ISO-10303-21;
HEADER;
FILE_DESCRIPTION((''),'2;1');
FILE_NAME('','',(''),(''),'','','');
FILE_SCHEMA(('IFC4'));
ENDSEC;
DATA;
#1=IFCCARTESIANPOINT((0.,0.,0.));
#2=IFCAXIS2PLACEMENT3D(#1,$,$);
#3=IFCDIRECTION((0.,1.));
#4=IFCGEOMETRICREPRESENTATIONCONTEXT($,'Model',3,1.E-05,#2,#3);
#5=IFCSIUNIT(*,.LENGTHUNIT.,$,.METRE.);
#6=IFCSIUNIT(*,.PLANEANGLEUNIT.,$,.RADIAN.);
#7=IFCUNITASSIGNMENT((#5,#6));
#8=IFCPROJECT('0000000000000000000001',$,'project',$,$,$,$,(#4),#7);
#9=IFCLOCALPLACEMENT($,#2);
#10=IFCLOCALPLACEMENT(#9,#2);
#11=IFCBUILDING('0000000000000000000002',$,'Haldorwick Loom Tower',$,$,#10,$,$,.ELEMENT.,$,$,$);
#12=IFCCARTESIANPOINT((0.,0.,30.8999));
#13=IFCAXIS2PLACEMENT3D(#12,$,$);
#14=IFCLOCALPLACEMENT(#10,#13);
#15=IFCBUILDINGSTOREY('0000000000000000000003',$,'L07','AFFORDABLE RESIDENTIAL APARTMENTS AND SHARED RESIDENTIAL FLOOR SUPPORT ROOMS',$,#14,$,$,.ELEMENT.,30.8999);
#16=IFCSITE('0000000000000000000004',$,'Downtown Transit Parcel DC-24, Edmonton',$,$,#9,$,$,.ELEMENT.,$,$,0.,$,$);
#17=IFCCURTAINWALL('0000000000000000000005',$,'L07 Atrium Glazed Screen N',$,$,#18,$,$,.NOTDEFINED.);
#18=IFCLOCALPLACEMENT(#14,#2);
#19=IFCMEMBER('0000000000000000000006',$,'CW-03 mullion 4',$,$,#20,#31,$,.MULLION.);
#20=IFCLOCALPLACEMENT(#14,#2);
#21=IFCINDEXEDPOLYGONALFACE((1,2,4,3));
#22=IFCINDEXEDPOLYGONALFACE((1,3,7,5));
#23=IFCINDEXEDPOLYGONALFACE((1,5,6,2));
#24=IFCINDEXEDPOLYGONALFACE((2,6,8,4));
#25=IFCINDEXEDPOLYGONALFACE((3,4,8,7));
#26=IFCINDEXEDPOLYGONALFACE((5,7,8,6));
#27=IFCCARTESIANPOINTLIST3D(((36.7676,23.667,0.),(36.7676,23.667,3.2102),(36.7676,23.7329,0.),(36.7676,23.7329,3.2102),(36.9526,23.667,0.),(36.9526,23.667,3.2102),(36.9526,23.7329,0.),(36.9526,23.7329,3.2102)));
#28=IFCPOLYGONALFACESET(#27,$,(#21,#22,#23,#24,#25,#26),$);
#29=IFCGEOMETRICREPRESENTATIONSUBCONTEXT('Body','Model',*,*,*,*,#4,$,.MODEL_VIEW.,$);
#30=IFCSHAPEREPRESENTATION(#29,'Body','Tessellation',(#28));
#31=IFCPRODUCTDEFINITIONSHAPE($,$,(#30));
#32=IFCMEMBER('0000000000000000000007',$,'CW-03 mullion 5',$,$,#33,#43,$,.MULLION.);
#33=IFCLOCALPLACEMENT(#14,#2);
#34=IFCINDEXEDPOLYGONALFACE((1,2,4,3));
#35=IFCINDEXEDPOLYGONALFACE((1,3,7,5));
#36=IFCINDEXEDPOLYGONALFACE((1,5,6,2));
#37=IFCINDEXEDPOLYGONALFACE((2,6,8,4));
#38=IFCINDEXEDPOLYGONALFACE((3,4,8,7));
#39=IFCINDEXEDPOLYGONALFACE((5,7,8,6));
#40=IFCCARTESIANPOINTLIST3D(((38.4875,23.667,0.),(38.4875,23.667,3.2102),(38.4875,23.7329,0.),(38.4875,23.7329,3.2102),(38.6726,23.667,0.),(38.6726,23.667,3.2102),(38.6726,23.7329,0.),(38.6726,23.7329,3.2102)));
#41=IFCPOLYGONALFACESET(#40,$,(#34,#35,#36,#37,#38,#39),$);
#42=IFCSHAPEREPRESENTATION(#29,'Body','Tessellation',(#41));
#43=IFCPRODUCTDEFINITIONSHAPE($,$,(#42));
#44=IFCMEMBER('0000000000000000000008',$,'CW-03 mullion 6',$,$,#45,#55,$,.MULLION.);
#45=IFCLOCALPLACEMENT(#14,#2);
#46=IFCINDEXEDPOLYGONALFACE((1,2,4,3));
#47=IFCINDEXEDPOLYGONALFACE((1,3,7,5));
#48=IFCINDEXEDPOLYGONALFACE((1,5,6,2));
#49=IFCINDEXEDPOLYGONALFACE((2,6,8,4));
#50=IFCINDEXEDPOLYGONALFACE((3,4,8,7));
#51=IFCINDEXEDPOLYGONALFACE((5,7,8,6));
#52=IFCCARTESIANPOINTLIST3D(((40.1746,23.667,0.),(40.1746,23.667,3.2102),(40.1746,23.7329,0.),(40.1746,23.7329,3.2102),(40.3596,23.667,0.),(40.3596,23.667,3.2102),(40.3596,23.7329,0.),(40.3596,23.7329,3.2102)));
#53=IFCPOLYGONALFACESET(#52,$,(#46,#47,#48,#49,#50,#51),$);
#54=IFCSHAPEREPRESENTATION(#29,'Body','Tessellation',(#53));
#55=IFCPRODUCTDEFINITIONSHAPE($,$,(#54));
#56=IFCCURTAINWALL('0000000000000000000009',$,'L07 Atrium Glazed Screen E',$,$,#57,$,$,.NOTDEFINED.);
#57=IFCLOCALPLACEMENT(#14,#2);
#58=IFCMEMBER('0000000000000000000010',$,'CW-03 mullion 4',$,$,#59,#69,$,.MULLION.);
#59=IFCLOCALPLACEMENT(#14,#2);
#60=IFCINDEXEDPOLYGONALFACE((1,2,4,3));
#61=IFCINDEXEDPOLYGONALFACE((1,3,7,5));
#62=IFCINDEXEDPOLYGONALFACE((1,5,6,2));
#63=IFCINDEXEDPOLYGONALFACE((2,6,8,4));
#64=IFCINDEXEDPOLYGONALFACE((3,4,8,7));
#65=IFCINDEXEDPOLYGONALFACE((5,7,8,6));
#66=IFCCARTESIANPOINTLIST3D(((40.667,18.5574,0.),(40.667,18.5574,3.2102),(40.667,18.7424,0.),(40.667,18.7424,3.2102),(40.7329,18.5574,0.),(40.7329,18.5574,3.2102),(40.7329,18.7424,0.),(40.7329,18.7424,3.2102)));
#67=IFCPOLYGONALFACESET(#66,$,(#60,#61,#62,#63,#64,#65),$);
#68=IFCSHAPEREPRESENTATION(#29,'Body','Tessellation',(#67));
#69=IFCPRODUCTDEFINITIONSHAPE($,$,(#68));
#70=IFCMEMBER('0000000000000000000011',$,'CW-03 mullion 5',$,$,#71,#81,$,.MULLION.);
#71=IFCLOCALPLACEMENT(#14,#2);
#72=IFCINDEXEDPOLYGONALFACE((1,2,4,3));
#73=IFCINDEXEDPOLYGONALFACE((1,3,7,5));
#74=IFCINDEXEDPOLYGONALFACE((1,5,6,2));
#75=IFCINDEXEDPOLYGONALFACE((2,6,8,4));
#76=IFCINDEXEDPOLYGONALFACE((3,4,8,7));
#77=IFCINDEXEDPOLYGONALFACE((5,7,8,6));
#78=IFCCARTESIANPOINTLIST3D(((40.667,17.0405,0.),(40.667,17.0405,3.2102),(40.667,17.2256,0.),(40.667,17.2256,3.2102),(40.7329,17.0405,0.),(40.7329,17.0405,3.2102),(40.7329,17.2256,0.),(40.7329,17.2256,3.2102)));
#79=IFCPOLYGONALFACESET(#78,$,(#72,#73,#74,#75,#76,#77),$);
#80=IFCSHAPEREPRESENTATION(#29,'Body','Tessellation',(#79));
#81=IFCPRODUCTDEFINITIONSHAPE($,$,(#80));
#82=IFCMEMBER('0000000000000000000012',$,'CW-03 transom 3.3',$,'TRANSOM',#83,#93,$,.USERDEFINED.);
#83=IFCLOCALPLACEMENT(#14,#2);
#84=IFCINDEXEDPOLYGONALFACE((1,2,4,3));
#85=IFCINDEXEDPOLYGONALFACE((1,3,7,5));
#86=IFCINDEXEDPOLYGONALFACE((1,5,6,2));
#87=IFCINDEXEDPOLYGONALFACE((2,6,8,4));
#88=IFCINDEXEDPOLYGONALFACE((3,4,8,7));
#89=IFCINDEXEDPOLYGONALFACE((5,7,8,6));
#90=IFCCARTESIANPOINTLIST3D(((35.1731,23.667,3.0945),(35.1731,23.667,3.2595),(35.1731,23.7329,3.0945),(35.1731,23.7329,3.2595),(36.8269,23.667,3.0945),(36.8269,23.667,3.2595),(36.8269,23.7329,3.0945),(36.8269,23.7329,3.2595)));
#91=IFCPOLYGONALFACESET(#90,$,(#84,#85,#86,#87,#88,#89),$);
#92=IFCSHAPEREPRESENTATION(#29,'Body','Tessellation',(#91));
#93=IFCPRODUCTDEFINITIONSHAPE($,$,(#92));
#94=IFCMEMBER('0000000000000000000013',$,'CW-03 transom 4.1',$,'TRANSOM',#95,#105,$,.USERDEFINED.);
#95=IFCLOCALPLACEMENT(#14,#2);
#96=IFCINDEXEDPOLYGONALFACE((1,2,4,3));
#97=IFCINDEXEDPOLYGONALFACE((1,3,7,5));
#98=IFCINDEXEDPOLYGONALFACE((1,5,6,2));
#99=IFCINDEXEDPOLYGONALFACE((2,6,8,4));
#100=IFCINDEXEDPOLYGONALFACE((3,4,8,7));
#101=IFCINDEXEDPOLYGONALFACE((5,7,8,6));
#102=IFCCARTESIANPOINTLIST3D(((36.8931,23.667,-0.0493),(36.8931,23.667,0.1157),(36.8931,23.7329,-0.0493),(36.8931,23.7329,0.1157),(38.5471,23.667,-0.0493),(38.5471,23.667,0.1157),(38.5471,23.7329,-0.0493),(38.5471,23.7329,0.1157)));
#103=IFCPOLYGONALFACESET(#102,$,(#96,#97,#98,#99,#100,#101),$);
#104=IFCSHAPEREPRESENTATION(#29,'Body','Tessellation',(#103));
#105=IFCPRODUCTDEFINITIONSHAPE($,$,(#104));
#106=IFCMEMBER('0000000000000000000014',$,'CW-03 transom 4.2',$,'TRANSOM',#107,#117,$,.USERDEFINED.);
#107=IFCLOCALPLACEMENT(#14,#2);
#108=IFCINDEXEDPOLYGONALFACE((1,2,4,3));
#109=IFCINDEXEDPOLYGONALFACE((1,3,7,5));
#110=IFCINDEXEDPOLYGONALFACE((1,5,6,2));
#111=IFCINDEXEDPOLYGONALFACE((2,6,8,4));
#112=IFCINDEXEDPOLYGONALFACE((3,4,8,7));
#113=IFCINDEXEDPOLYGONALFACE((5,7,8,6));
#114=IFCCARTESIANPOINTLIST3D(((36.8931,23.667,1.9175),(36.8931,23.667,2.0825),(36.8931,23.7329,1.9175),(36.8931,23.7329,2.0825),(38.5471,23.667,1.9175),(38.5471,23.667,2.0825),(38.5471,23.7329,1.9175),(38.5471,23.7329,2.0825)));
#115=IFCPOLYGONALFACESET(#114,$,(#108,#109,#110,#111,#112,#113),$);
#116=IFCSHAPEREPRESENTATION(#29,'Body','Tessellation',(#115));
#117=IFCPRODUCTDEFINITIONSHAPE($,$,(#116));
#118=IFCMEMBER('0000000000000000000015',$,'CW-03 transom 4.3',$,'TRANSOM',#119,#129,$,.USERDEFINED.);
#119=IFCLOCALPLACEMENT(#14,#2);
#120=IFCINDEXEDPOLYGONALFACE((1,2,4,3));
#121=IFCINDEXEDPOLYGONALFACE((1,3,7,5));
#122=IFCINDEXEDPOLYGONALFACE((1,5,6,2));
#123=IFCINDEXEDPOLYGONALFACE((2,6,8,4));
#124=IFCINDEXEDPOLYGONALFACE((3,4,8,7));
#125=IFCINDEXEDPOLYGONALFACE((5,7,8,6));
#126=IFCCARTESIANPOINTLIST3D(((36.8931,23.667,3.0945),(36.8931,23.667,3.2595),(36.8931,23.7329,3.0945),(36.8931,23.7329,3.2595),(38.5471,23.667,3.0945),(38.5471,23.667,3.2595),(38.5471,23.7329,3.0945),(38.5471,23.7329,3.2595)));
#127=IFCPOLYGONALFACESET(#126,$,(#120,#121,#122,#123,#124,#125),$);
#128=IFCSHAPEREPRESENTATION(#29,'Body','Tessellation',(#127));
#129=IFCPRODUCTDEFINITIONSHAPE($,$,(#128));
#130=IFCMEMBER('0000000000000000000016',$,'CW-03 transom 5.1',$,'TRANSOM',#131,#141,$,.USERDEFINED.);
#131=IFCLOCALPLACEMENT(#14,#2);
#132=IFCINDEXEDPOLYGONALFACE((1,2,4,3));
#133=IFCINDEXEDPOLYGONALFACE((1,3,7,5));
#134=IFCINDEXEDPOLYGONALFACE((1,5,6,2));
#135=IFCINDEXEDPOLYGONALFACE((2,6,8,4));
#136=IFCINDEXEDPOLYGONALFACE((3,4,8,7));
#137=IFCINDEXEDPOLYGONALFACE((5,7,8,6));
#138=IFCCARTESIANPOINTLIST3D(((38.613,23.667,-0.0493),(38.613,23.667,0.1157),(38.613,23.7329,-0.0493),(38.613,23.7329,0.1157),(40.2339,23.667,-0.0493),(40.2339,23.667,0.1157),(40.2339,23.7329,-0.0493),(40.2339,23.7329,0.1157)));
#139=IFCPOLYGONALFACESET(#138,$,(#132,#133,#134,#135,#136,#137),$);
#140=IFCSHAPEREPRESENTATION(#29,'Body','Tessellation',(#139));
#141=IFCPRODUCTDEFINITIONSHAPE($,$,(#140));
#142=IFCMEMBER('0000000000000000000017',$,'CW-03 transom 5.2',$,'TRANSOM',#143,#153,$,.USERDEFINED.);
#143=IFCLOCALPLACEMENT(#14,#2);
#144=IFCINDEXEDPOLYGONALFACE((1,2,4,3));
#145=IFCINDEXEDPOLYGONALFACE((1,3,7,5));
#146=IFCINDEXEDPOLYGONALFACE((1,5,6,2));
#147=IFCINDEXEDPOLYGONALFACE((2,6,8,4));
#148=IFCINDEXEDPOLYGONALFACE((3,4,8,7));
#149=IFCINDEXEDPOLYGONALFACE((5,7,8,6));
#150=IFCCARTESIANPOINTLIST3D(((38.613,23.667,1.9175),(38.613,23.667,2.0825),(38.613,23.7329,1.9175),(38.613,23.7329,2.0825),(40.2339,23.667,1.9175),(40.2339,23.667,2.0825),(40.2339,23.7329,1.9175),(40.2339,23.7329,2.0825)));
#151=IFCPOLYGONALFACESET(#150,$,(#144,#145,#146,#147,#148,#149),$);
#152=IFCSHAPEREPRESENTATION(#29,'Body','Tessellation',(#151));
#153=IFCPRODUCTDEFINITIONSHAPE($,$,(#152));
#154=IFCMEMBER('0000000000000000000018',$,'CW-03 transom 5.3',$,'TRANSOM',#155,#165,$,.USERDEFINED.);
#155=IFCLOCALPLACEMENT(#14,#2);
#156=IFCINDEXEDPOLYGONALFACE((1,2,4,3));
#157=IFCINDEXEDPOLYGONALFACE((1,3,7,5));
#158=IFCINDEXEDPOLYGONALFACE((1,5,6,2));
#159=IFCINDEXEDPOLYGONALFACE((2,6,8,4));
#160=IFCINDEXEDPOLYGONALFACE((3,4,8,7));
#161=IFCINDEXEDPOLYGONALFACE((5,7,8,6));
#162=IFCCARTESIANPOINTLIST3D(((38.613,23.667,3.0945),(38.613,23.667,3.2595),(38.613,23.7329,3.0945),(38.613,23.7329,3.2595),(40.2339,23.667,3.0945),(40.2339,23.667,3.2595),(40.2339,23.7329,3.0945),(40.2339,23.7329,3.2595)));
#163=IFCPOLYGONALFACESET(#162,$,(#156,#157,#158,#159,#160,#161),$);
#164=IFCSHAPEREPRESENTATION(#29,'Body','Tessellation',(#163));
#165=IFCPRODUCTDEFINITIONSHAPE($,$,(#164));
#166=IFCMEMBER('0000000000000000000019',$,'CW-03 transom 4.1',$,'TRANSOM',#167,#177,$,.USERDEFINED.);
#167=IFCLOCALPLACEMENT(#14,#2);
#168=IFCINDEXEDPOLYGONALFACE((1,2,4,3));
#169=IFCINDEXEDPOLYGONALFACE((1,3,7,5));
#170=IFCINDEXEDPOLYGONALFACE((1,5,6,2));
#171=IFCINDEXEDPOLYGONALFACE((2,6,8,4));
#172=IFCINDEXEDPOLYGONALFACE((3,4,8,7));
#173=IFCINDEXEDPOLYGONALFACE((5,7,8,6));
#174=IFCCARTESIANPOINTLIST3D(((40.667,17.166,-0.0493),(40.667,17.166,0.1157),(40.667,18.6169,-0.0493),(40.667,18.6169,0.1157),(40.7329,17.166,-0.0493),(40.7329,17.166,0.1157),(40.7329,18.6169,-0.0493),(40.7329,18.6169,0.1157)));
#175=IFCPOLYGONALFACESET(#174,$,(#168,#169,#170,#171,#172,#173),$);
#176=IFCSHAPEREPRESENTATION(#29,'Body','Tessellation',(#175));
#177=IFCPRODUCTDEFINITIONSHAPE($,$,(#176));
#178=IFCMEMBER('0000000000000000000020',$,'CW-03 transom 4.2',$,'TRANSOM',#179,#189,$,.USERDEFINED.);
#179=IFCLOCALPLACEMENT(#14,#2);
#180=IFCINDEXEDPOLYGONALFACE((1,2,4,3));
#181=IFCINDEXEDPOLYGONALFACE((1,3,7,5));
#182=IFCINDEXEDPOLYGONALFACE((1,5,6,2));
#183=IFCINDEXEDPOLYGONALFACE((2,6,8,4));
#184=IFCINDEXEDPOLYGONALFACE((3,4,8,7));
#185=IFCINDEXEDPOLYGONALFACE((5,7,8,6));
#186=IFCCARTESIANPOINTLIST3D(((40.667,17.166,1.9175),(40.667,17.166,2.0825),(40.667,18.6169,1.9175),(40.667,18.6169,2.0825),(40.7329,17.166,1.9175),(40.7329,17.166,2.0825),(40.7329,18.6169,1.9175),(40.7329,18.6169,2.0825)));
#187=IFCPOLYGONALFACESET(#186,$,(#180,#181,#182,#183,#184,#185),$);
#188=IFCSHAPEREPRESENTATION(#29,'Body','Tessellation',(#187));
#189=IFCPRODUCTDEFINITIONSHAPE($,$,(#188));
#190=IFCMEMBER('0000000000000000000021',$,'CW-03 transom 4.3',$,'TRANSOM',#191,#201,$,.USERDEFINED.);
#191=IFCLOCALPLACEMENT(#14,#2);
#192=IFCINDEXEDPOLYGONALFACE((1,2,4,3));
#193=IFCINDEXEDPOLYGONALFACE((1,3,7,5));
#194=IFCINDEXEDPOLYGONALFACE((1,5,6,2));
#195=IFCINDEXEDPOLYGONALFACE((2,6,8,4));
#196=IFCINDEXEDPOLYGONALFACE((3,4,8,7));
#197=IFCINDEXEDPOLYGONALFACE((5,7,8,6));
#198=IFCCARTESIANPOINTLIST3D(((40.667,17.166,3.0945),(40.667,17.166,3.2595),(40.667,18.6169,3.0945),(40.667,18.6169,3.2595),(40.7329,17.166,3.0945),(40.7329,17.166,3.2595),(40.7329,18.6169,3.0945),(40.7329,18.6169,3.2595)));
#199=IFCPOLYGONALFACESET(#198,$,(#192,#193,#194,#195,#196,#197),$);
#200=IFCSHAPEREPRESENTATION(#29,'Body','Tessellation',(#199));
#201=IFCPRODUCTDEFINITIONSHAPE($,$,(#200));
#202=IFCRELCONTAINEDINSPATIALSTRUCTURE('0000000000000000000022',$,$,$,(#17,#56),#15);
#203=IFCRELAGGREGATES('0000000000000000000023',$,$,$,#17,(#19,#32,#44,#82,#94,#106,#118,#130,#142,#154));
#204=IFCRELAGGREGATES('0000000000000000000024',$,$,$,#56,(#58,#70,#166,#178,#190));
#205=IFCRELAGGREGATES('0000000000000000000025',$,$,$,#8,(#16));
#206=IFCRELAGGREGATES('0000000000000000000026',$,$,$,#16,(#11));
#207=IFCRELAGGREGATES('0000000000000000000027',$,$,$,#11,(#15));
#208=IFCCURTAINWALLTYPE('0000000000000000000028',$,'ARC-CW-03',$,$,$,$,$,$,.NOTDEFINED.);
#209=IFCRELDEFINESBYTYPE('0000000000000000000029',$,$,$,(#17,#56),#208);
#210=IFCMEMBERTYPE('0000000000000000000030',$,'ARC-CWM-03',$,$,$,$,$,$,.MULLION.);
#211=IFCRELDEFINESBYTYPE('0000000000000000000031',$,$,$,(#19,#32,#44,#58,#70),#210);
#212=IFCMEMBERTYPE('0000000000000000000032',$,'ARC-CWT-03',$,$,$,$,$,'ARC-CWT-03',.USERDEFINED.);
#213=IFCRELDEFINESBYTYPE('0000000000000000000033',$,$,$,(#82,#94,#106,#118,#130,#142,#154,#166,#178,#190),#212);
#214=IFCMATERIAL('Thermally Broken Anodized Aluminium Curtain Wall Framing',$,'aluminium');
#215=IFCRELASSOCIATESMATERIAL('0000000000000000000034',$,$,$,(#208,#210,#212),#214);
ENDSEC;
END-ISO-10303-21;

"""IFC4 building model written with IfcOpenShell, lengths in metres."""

from ifc_helpers import new_model, si_unit, direction, frame, origin, origin_2d, place, context, subcontext, project, spatial, rectangle, extrude, material, material_profile, profile_set, type_object, element, aggregate, save


model = new_model("IFC4")

# Units and contexts
model_context = context("Model", 3, precision=1e-05, world=origin(), true_north=direction((0.0, 1.0)))
body_context = subcontext(model_context, "Body", "Model", "MODEL_VIEW")
ifc_project = project(units=[si_unit("LENGTHUNIT", "METRE"), si_unit("PLANEANGLEUNIT", "RADIAN")], contexts=[model_context])

# Site, building, storey
site_placement = place(None, origin())
site = spatial("IfcSite", under=ifc_project, at=site_placement, Name="Downtown Transit Parcel DC-24, Edmonton", CompositionType="ELEMENT", RefElevation=0.0)
building_placement = place(site_placement, origin())
building = spatial("IfcBuilding", under=site, at=building_placement, Name="Haldorwick Loom Tower", CompositionType="ELEMENT")
storey_placement = place(building_placement, frame((0.0, 0.0, 30.8999)))
storey = spatial("IfcBuildingStorey", under=building, at=storey_placement, Name="L07", Description="AFFORDABLE RESIDENTIAL APARTMENTS AND SHARED RESIDENTIAL FLOOR SUPPORT ROOMS", CompositionType="ELEMENT", Elevation=30.8999)

# Curtain walls, members
ifc_material_1 = material(Name="Thermally Broken Anodized Aluminium Curtain Wall Framing", Category="aluminium")
curtain_wall_type = type_object("IfcCurtainWallType", Name="ARC-CW-03", PredefinedType="NOTDEFINED", material=ifc_material_1)
curtain_wall_1_placement = place(storey_placement, origin())
curtain_wall_1 = element("IfcCurtainWall", 1, at=curtain_wall_1_placement, inside=storey, type_object=curtain_wall_type, Name="L07 Atrium Glazed Screen N", PredefinedType="NOTDEFINED")
ifc_material_profile_1 = material_profile(ifc_material_1, rectangle(XDim=0.0659, YDim=0.1851, at=origin_2d()), Name="ALU_MUL_66X185", Category="aluminium")
ifc_profile_set_1 = profile_set([ifc_material_profile_1], Name="Thermally Broken Anodized Aluminium Curtain Wall Framing")
member_type_1 = type_object("IfcMemberType", Name="ARC-CWM-03", PredefinedType="MULLION", material=ifc_profile_set_1)
member_1_placement = place(storey_placement, frame((36.8601, 23.7, 0.0), z_axis=(0.0, 0.0, 1.0), x_axis=(0.0, 1.0, 0.0)))
member_1 = element("IfcMember", 2, at=member_1_placement, type_object=member_type_1, Name="CW-03 mullion 4", PredefinedType="MULLION", context=body_context, shape_type="SweptSolid", body=[
    extrude(rectangle(XDim=0.0659, YDim=0.1851, at=origin_2d()), origin(), (0.0, 0.0, 1.0), 3.2102),
])
member_2_placement = place(storey_placement, frame((38.5801, 23.7, 0.0), z_axis=(0.0, 0.0, 1.0), x_axis=(0.0, 1.0, 0.0)))
member_2 = element("IfcMember", 3, at=member_2_placement, type_object=member_type_1, Name="CW-03 mullion 5", PredefinedType="MULLION", context=body_context, shape_type="SweptSolid", body=[
    extrude(rectangle(XDim=0.0659, YDim=0.1851, at=origin_2d()), origin(), (0.0, 0.0, 1.0), 3.2102),
])
member_3_placement = place(storey_placement, frame((40.2671, 23.7, 0.0), z_axis=(0.0, 0.0, 1.0), x_axis=(0.0, 1.0, 0.0)))
member_3 = element("IfcMember", 4, at=member_3_placement, type_object=member_type_1, Name="CW-03 mullion 6", PredefinedType="MULLION", context=body_context, shape_type="SweptSolid", body=[
    extrude(rectangle(XDim=0.0659, YDim=0.1851, at=origin_2d()), origin(), (0.0, 0.0, 1.0), 3.2102),
])
curtain_wall_2_placement = place(storey_placement, origin())
curtain_wall_2 = element("IfcCurtainWall", 5, at=curtain_wall_2_placement, inside=storey, type_object=curtain_wall_type, Name="L07 Atrium Glazed Screen E", PredefinedType="NOTDEFINED")
member_4_placement = place(storey_placement, frame((40.7, 18.6499, 0.0), z_axis=(0.0, 0.0, 1.0), x_axis=(1.0, 0.0, 0.0)))
member_4 = element("IfcMember", 6, at=member_4_placement, type_object=member_type_1, Name="CW-03 mullion 4", PredefinedType="MULLION", context=body_context, shape_type="SweptSolid", body=[
    extrude(rectangle(XDim=0.0659, YDim=0.1851, at=origin_2d()), origin(), (0.0, 0.0, 1.0), 3.2102),
])
member_5_placement = place(storey_placement, frame((40.7, 17.1331, 0.0), z_axis=(0.0, 0.0, 1.0), x_axis=(1.0, 0.0, 0.0)))
member_5 = element("IfcMember", 7, at=member_5_placement, type_object=member_type_1, Name="CW-03 mullion 5", PredefinedType="MULLION", context=body_context, shape_type="SweptSolid", body=[
    extrude(rectangle(XDim=0.0659, YDim=0.1851, at=origin_2d()), origin(), (0.0, 0.0, 1.0), 3.2102),
])

# Members
ifc_material_profile_2 = material_profile(ifc_material_1, rectangle(XDim=0.0659, YDim=0.165, at=origin_2d()), Name="ALU_TRN_66X165", Category="aluminium")
ifc_profile_set_2 = profile_set([ifc_material_profile_2], Name="Thermally Broken Anodized Aluminium Curtain Wall Framing")
member_type_2 = type_object("IfcMemberType", Name="ARC-CWT-03", ElementType="ARC-CWT-03", PredefinedType="USERDEFINED", material=ifc_profile_set_2)
member_6_placement = place(storey_placement, frame((35.1731, 23.7, 3.177), z_axis=(1.0, 0.0, 0.0), x_axis=(0.0, 1.0, 0.0)))
member_6 = element("IfcMember", 8, at=member_6_placement, type_object=member_type_2, Name="CW-03 transom 3.3", ObjectType="TRANSOM", PredefinedType="USERDEFINED", context=body_context, shape_type="SweptSolid", body=[
    extrude(rectangle(XDim=0.0659, YDim=0.165, at=origin_2d()), origin(), (0.0, 0.0, 1.0), 1.6538),
])
member_7_placement = place(storey_placement, frame((36.8931, 23.7, 0.0332), z_axis=(1.0, 0.0, 0.0), x_axis=(0.0, 1.0, 0.0)))
member_7 = element("IfcMember", 9, at=member_7_placement, type_object=member_type_2, Name="CW-03 transom 4.1", ObjectType="TRANSOM", PredefinedType="USERDEFINED", context=body_context, shape_type="SweptSolid", body=[
    extrude(rectangle(XDim=0.0659, YDim=0.165, at=origin_2d()), origin(), (0.0, 0.0, 1.0), 1.6541),
])
member_8_placement = place(storey_placement, frame((36.8931, 23.7, 2.0), z_axis=(1.0, 0.0, 0.0), x_axis=(0.0, 1.0, 0.0)))
member_8 = element("IfcMember", 10, at=member_8_placement, type_object=member_type_2, Name="CW-03 transom 4.2", ObjectType="TRANSOM", PredefinedType="USERDEFINED", context=body_context, shape_type="SweptSolid", body=[
    extrude(rectangle(XDim=0.0659, YDim=0.165, at=origin_2d()), origin(), (0.0, 0.0, 1.0), 1.6541),
])
member_9_placement = place(storey_placement, frame((36.8931, 23.7, 3.177), z_axis=(1.0, 0.0, 0.0), x_axis=(0.0, 1.0, 0.0)))
member_9 = element("IfcMember", 11, at=member_9_placement, type_object=member_type_2, Name="CW-03 transom 4.3", ObjectType="TRANSOM", PredefinedType="USERDEFINED", context=body_context, shape_type="SweptSolid", body=[
    extrude(rectangle(XDim=0.0659, YDim=0.165, at=origin_2d()), origin(), (0.0, 0.0, 1.0), 1.6541),
])
member_10_placement = place(storey_placement, frame((38.613, 23.7, 0.0332), z_axis=(1.0, 0.0, 0.0), x_axis=(0.0, 1.0, 0.0)))
member_10 = element("IfcMember", 12, at=member_10_placement, type_object=member_type_2, Name="CW-03 transom 5.1", ObjectType="TRANSOM", PredefinedType="USERDEFINED", context=body_context, shape_type="SweptSolid", body=[
    extrude(rectangle(XDim=0.0659, YDim=0.165, at=origin_2d()), origin(), (0.0, 0.0, 1.0), 1.6208),
])
member_11_placement = place(storey_placement, frame((38.613, 23.7, 2.0), z_axis=(1.0, 0.0, 0.0), x_axis=(0.0, 1.0, 0.0)))
member_11 = element("IfcMember", 13, at=member_11_placement, type_object=member_type_2, Name="CW-03 transom 5.2", ObjectType="TRANSOM", PredefinedType="USERDEFINED", context=body_context, shape_type="SweptSolid", body=[
    extrude(rectangle(XDim=0.0659, YDim=0.165, at=origin_2d()), origin(), (0.0, 0.0, 1.0), 1.6208),
])
member_12_placement = place(storey_placement, frame((38.613, 23.7, 3.177), z_axis=(1.0, 0.0, 0.0), x_axis=(0.0, 1.0, 0.0)))
member_12 = element("IfcMember", 14, at=member_12_placement, type_object=member_type_2, Name="CW-03 transom 5.3", ObjectType="TRANSOM", PredefinedType="USERDEFINED", context=body_context, shape_type="SweptSolid", body=[
    extrude(rectangle(XDim=0.0659, YDim=0.165, at=origin_2d()), origin(), (0.0, 0.0, 1.0), 1.6208),
])
member_13_placement = place(storey_placement, frame((40.7, 18.6169, 0.0332), z_axis=(0.0, -1.0, 0.0), x_axis=(1.0, 0.0, 0.0)))
member_13 = element("IfcMember", 15, at=member_13_placement, type_object=member_type_2, Name="CW-03 transom 4.1", ObjectType="TRANSOM", PredefinedType="USERDEFINED", context=body_context, shape_type="SweptSolid", body=[
    extrude(rectangle(XDim=0.0659, YDim=0.165, at=origin_2d()), origin(), (0.0, 0.0, 1.0), 1.4509),
])
member_14_placement = place(storey_placement, frame((40.7, 18.6169, 2.0), z_axis=(0.0, -1.0, 0.0), x_axis=(1.0, 0.0, 0.0)))
member_14 = element("IfcMember", 16, at=member_14_placement, type_object=member_type_2, Name="CW-03 transom 4.2", ObjectType="TRANSOM", PredefinedType="USERDEFINED", context=body_context, shape_type="SweptSolid", body=[
    extrude(rectangle(XDim=0.0659, YDim=0.165, at=origin_2d()), origin(), (0.0, 0.0, 1.0), 1.4509),
])
member_15_placement = place(storey_placement, frame((40.7, 18.6169, 3.177), z_axis=(0.0, -1.0, 0.0), x_axis=(1.0, 0.0, 0.0)))
member_15 = element("IfcMember", 17, at=member_15_placement, type_object=member_type_2, Name="CW-03 transom 4.3", ObjectType="TRANSOM", PredefinedType="USERDEFINED", context=body_context, shape_type="SweptSolid", body=[
    extrude(rectangle(XDim=0.0659, YDim=0.165, at=origin_2d()), origin(), (0.0, 0.0, 1.0), 1.4509),
])

aggregate(curtain_wall_1, [member_1, member_2, member_3, member_6, member_7, member_8, member_9, member_10, member_11, member_12])
aggregate(curtain_wall_2, [member_4, member_5, member_13, member_14, member_15])

save(model, "model.ifc")
